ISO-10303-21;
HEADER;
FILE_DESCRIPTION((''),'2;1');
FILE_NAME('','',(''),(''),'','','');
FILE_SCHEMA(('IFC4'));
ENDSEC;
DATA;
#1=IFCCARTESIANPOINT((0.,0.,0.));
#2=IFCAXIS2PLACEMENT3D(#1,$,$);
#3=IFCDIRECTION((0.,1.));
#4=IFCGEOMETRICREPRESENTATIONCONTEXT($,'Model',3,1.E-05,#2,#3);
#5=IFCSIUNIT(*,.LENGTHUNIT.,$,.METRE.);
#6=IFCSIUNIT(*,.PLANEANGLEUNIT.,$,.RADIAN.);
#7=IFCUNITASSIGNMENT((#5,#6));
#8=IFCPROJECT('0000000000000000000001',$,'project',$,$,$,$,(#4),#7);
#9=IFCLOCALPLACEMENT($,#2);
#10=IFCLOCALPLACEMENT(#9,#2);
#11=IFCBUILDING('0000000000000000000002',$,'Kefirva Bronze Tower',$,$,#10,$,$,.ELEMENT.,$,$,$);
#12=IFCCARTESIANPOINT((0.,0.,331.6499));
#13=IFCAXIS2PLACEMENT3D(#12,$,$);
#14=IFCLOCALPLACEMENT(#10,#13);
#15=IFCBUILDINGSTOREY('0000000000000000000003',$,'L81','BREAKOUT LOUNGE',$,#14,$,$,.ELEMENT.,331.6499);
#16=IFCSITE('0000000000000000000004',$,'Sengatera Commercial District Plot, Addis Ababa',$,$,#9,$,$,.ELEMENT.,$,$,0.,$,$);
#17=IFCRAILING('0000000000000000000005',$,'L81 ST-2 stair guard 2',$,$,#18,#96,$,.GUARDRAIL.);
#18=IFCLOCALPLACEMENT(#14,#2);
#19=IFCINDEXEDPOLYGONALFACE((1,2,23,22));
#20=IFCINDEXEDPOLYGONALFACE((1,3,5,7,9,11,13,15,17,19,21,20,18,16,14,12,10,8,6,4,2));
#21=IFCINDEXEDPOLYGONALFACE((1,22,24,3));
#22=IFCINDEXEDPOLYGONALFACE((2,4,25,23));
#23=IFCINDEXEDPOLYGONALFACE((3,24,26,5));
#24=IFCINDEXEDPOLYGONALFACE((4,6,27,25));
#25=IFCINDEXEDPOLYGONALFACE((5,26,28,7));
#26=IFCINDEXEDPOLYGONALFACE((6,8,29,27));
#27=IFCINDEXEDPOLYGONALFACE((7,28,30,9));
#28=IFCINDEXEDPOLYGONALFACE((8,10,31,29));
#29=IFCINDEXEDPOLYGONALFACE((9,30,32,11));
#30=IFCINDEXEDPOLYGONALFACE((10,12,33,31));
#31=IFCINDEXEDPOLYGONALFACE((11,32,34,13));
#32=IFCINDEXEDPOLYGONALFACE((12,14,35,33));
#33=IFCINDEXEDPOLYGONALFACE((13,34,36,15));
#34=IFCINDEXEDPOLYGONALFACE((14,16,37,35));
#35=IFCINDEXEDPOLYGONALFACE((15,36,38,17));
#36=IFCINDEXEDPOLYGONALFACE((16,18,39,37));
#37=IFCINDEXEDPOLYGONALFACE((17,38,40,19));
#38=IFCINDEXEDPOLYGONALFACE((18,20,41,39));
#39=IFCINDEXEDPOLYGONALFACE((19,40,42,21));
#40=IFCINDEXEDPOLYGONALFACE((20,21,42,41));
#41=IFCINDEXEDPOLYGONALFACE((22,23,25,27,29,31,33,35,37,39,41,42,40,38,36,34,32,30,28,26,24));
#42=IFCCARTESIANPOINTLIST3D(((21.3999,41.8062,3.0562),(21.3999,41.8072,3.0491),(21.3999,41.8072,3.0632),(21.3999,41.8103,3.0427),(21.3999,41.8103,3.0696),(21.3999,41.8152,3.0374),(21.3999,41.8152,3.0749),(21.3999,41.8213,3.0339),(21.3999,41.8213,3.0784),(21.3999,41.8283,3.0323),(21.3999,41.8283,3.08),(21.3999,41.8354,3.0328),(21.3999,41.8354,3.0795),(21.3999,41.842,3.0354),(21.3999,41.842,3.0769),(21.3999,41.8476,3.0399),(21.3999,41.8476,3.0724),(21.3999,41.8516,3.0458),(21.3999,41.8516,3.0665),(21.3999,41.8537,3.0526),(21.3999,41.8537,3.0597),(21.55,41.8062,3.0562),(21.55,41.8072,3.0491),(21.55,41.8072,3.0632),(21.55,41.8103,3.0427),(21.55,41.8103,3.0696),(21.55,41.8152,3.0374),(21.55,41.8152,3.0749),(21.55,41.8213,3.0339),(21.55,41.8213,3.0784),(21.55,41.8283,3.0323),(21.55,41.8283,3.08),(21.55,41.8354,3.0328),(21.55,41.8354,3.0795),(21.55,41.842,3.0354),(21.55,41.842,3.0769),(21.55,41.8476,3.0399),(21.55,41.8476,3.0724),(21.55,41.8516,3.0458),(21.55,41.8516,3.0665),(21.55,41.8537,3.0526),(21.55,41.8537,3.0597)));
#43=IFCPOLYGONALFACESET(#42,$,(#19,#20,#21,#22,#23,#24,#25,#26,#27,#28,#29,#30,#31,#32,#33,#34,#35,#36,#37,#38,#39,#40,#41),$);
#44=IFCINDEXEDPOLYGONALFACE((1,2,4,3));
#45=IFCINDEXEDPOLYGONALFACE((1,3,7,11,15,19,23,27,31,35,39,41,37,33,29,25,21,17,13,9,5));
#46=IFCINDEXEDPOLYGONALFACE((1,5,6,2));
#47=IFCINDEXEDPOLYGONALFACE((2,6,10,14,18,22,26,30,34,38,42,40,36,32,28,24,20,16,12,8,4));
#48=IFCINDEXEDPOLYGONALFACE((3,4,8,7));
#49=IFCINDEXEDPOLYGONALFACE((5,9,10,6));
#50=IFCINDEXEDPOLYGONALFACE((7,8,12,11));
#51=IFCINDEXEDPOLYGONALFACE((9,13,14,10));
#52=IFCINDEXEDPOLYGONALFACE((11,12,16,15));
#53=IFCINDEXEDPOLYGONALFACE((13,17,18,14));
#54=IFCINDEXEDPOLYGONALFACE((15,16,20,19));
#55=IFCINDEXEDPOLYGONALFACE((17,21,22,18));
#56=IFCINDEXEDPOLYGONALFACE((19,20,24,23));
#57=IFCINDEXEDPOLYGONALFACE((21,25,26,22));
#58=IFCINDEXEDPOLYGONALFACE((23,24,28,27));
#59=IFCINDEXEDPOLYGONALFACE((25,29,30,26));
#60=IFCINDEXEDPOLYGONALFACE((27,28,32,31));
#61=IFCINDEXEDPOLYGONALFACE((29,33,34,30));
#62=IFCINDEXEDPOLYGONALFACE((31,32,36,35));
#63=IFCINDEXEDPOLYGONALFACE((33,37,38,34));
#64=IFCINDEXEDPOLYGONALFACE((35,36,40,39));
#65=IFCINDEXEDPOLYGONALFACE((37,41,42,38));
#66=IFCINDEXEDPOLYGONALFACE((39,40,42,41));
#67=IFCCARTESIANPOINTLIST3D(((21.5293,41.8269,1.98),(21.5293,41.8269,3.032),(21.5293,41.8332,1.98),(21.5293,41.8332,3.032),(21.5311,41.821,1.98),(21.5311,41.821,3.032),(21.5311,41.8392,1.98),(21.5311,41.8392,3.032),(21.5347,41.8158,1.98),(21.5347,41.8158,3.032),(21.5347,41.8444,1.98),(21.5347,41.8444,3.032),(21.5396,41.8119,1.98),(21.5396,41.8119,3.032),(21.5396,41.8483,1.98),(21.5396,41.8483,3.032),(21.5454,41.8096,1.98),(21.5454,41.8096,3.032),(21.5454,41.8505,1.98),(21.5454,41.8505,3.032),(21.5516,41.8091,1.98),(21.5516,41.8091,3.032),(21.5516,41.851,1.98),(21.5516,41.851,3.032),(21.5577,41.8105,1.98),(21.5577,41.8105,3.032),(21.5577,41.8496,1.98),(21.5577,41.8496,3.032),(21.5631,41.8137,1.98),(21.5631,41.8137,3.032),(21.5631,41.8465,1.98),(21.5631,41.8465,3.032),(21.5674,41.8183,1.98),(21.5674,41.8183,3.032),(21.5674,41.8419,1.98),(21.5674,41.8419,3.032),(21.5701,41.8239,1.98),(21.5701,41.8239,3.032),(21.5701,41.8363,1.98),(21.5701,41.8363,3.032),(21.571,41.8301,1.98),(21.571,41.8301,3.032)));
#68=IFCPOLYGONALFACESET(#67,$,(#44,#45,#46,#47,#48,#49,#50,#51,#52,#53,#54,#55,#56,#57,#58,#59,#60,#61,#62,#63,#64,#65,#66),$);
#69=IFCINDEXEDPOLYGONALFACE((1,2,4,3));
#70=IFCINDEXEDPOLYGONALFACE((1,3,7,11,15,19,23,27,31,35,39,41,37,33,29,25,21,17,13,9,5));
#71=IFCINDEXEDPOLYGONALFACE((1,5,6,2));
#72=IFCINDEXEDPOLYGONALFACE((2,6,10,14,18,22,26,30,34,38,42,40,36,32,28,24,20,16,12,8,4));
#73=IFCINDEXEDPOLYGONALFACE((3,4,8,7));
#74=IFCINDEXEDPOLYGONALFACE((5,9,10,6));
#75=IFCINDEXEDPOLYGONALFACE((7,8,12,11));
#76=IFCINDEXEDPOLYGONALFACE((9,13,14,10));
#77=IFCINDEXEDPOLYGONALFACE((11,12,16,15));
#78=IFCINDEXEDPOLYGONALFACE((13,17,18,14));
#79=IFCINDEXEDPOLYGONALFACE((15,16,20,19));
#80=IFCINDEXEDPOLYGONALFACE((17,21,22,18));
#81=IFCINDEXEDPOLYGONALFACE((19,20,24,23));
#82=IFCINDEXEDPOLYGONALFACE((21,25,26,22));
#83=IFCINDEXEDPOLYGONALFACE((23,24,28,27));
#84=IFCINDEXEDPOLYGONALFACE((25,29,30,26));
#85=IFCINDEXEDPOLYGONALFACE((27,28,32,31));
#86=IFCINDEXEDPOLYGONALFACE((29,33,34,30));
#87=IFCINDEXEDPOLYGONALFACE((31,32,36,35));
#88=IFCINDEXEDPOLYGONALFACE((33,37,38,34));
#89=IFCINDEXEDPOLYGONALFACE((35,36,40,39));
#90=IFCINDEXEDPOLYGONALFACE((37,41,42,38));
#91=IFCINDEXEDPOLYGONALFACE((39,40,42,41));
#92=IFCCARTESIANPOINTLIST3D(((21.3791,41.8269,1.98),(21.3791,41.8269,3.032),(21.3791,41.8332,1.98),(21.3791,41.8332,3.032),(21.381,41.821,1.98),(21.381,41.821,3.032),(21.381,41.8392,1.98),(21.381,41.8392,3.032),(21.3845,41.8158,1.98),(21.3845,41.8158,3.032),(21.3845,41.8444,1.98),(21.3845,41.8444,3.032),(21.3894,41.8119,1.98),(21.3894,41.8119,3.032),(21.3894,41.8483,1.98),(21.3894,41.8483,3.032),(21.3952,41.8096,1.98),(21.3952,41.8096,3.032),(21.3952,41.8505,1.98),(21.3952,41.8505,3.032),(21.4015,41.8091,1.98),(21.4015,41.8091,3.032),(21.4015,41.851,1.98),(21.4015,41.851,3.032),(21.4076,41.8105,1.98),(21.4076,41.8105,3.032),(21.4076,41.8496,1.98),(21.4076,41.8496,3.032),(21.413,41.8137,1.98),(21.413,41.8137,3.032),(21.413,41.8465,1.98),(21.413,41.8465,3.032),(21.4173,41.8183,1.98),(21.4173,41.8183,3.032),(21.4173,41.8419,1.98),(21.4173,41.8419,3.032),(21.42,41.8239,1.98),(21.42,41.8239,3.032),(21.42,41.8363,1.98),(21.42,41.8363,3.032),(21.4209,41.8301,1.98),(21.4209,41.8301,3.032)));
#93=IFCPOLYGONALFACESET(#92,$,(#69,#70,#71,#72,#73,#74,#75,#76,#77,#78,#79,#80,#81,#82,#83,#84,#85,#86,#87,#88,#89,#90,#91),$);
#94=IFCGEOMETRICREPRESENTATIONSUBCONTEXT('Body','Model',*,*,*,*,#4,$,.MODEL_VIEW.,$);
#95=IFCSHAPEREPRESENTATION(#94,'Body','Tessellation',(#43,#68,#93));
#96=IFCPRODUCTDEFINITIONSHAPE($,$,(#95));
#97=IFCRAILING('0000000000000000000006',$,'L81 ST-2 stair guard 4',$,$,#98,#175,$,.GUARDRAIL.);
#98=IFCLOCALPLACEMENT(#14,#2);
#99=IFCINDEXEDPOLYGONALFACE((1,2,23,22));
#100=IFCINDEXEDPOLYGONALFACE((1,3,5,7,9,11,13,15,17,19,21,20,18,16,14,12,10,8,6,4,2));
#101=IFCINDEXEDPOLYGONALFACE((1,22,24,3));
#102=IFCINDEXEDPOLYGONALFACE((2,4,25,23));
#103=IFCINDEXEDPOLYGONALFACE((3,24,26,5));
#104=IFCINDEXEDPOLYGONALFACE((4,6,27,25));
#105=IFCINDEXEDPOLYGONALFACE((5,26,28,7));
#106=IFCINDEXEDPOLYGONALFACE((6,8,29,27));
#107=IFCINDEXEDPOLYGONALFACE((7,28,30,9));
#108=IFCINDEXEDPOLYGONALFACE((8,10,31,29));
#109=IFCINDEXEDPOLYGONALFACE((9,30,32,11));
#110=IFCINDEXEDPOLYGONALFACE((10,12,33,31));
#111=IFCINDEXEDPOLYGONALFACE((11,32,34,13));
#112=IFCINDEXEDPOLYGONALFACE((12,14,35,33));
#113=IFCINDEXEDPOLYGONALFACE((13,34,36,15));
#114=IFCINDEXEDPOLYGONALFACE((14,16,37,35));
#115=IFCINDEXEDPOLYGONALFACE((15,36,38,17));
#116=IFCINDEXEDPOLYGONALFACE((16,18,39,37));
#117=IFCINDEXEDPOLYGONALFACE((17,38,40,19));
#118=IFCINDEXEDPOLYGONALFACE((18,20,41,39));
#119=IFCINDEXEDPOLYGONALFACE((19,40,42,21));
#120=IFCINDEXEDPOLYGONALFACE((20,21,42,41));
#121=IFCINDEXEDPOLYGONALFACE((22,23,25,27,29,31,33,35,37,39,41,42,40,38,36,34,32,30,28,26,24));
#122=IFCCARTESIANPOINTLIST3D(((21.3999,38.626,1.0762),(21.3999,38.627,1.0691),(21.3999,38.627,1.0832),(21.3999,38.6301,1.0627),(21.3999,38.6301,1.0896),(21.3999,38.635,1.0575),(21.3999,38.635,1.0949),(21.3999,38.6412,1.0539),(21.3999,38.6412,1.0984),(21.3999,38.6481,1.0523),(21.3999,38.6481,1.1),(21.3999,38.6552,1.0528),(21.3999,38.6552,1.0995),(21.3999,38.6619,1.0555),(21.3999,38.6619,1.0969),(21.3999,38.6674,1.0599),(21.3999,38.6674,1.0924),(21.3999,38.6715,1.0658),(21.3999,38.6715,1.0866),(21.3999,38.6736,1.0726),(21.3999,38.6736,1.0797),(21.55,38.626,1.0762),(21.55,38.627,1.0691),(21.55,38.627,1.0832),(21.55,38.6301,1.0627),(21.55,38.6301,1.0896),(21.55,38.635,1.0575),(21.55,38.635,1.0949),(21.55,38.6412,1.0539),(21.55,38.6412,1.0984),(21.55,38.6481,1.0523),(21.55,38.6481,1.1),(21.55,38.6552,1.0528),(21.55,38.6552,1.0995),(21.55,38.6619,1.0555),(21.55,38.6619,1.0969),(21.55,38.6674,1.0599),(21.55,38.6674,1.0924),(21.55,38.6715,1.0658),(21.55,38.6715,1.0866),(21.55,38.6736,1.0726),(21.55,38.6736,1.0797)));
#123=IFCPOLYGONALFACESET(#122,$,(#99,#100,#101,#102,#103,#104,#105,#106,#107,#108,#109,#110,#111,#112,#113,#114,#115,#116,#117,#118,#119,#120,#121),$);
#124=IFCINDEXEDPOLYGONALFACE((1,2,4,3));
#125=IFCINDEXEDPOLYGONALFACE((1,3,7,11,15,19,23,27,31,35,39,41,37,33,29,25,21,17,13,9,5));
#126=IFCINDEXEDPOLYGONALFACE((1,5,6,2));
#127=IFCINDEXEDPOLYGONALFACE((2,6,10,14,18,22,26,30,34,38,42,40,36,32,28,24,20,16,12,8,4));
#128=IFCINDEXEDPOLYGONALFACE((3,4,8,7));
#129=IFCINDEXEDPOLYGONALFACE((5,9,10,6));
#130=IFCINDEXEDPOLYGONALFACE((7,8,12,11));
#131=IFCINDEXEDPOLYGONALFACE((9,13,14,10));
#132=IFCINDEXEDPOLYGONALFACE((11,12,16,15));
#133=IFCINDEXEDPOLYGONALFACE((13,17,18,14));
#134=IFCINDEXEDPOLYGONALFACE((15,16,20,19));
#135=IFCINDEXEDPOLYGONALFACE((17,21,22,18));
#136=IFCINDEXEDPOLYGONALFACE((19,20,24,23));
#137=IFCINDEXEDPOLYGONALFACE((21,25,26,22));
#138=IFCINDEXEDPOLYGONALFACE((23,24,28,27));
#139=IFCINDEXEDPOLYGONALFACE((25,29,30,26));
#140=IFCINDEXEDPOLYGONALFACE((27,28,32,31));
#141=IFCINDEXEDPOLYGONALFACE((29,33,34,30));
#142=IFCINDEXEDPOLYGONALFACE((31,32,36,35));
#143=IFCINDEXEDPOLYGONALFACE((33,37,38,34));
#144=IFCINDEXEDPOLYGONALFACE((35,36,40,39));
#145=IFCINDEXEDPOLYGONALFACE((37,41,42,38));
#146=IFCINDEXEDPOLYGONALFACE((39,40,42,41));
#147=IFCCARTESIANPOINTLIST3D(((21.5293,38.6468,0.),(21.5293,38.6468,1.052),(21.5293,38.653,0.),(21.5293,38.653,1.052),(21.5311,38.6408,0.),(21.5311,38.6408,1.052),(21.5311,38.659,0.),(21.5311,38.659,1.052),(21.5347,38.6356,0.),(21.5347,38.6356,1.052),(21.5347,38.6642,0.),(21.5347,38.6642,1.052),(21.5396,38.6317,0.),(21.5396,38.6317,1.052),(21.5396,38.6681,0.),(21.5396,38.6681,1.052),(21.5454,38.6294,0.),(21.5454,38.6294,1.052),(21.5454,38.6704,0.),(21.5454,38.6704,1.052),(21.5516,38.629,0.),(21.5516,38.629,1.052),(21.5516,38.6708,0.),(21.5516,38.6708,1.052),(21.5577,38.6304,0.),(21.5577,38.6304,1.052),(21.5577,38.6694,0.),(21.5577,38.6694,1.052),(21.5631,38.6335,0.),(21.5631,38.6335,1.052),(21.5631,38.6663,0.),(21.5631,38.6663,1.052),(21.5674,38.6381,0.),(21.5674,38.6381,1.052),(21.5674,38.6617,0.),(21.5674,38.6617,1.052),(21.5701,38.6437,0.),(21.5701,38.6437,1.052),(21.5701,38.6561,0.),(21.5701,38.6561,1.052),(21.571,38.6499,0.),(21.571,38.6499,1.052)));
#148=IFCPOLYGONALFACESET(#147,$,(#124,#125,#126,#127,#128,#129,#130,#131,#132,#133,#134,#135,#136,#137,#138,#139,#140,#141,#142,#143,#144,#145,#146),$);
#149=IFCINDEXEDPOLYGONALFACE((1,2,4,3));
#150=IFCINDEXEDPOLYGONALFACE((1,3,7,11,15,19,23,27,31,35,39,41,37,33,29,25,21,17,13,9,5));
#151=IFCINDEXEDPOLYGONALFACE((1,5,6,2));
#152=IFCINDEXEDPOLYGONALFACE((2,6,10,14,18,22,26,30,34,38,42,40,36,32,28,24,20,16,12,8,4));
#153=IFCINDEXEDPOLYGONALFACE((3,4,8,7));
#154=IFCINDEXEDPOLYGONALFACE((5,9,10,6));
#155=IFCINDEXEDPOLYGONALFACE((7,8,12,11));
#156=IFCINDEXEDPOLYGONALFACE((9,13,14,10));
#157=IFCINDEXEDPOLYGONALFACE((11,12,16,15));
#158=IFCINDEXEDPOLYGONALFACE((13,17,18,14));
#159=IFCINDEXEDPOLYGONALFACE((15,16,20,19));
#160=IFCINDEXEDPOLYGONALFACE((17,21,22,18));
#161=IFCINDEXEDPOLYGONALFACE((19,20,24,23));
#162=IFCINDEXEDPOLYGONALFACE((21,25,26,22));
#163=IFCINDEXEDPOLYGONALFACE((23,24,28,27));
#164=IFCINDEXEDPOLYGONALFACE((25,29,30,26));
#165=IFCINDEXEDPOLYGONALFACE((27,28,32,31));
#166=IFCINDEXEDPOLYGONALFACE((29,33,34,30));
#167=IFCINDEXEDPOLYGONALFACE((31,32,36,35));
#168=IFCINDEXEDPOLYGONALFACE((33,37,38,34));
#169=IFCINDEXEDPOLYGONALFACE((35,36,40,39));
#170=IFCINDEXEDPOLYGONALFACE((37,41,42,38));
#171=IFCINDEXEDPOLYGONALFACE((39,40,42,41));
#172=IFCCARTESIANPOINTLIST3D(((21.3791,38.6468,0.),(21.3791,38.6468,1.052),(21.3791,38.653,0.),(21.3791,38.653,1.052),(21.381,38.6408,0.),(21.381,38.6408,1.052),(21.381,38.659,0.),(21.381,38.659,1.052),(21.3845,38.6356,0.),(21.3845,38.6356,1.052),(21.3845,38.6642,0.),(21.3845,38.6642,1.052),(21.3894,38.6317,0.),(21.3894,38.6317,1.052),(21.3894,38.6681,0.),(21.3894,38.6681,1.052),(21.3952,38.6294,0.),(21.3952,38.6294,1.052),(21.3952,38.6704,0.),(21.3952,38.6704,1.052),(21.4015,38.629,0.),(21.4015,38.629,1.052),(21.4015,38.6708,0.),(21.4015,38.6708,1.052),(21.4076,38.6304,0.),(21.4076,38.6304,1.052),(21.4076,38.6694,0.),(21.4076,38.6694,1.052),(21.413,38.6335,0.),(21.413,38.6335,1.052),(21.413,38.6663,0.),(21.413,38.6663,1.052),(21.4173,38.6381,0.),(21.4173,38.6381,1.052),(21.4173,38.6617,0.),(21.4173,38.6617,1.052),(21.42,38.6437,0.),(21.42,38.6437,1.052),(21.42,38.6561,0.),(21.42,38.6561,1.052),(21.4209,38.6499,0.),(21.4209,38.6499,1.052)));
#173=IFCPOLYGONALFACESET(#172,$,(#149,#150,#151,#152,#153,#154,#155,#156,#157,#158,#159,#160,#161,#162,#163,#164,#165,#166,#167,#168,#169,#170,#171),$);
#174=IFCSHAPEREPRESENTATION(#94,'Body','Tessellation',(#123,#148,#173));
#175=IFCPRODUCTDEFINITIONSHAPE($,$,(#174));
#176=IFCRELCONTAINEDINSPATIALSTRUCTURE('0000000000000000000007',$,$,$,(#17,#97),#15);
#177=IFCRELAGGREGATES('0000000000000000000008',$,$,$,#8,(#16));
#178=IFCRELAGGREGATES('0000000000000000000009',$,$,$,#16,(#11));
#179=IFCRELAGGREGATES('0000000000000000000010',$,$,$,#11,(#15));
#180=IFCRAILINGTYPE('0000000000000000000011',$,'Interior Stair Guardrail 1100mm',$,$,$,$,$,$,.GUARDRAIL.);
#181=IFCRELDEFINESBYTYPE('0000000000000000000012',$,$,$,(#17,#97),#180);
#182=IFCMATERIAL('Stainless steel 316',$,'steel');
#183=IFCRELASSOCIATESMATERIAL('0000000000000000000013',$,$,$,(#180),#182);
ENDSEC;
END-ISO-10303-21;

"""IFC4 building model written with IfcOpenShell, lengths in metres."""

from ifc_helpers import new_model, si_unit, direction, frame, origin, origin_2d, place, context, subcontext, project, spatial, circle, extrude, material, type_object, element, save


model = new_model("IFC4")

# Units and contexts
model_context = context("Model", 3, precision=1e-05, world=origin(), true_north=direction((0.0, 1.0)))
body_context = subcontext(model_context, "Body", "Model", "MODEL_VIEW")
ifc_project = project(units=[si_unit("LENGTHUNIT", "METRE"), si_unit("PLANEANGLEUNIT", "RADIAN")], contexts=[model_context])

# Site, building, storey
site_placement = place(None, origin())
site = spatial("IfcSite", under=ifc_project, at=site_placement, Name="Sengatera Commercial District Plot, Addis Ababa", CompositionType="ELEMENT", RefElevation=0.0)
building_placement = place(site_placement, origin())
building = spatial("IfcBuilding", under=site, at=building_placement, Name="Kefirva Bronze Tower", CompositionType="ELEMENT")
storey_placement = place(building_placement, frame((0.0, 0.0, 331.6499)))
storey = spatial("IfcBuildingStorey", under=building, at=storey_placement, Name="L81", Description="BREAKOUT LOUNGE", CompositionType="ELEMENT", Elevation=331.6499)

# Railings
ifc_material_1 = material(Name="Stainless steel 316", Category="steel")
railing_type_1 = type_object("IfcRailingType", Name="Interior Stair Guardrail 1100mm", PredefinedType="GUARDRAIL", material=ifc_material_1)
for number, where, name in (
    (1, (21.55, 41.8301, 1.98), "L81 ST-2 stair guard 2"),
    (2, (21.55, 38.6499, 0.0), "L81 ST-2 stair guard 4"),
):
    element("IfcRailing", number, at=place(storey_placement, frame(where)), inside=storey, type_object=railing_type_1, Name=name, PredefinedType="GUARDRAIL", context=body_context, shape_type="SweptSolid", body=[
        extrude(circle(Radius=0.0239, at=origin_2d()), frame((0.0, 0.0, 1.0762), z_axis=(-1.0, 0.0, 0.0), x_axis=(0.0, -1.0, 0.0)), (0.0, 0.0, 1.0), 0.1501),
        extrude(circle(Radius=0.021, at=origin_2d()), origin(), (0.0, 0.0, 1.0), 1.052),
        extrude(circle(Radius=0.021, at=origin_2d()), frame((-0.1501, 0.0, 0.0)), (0.0, 0.0, 1.0), 1.052),
    ])

save(model, "model.ifc")
